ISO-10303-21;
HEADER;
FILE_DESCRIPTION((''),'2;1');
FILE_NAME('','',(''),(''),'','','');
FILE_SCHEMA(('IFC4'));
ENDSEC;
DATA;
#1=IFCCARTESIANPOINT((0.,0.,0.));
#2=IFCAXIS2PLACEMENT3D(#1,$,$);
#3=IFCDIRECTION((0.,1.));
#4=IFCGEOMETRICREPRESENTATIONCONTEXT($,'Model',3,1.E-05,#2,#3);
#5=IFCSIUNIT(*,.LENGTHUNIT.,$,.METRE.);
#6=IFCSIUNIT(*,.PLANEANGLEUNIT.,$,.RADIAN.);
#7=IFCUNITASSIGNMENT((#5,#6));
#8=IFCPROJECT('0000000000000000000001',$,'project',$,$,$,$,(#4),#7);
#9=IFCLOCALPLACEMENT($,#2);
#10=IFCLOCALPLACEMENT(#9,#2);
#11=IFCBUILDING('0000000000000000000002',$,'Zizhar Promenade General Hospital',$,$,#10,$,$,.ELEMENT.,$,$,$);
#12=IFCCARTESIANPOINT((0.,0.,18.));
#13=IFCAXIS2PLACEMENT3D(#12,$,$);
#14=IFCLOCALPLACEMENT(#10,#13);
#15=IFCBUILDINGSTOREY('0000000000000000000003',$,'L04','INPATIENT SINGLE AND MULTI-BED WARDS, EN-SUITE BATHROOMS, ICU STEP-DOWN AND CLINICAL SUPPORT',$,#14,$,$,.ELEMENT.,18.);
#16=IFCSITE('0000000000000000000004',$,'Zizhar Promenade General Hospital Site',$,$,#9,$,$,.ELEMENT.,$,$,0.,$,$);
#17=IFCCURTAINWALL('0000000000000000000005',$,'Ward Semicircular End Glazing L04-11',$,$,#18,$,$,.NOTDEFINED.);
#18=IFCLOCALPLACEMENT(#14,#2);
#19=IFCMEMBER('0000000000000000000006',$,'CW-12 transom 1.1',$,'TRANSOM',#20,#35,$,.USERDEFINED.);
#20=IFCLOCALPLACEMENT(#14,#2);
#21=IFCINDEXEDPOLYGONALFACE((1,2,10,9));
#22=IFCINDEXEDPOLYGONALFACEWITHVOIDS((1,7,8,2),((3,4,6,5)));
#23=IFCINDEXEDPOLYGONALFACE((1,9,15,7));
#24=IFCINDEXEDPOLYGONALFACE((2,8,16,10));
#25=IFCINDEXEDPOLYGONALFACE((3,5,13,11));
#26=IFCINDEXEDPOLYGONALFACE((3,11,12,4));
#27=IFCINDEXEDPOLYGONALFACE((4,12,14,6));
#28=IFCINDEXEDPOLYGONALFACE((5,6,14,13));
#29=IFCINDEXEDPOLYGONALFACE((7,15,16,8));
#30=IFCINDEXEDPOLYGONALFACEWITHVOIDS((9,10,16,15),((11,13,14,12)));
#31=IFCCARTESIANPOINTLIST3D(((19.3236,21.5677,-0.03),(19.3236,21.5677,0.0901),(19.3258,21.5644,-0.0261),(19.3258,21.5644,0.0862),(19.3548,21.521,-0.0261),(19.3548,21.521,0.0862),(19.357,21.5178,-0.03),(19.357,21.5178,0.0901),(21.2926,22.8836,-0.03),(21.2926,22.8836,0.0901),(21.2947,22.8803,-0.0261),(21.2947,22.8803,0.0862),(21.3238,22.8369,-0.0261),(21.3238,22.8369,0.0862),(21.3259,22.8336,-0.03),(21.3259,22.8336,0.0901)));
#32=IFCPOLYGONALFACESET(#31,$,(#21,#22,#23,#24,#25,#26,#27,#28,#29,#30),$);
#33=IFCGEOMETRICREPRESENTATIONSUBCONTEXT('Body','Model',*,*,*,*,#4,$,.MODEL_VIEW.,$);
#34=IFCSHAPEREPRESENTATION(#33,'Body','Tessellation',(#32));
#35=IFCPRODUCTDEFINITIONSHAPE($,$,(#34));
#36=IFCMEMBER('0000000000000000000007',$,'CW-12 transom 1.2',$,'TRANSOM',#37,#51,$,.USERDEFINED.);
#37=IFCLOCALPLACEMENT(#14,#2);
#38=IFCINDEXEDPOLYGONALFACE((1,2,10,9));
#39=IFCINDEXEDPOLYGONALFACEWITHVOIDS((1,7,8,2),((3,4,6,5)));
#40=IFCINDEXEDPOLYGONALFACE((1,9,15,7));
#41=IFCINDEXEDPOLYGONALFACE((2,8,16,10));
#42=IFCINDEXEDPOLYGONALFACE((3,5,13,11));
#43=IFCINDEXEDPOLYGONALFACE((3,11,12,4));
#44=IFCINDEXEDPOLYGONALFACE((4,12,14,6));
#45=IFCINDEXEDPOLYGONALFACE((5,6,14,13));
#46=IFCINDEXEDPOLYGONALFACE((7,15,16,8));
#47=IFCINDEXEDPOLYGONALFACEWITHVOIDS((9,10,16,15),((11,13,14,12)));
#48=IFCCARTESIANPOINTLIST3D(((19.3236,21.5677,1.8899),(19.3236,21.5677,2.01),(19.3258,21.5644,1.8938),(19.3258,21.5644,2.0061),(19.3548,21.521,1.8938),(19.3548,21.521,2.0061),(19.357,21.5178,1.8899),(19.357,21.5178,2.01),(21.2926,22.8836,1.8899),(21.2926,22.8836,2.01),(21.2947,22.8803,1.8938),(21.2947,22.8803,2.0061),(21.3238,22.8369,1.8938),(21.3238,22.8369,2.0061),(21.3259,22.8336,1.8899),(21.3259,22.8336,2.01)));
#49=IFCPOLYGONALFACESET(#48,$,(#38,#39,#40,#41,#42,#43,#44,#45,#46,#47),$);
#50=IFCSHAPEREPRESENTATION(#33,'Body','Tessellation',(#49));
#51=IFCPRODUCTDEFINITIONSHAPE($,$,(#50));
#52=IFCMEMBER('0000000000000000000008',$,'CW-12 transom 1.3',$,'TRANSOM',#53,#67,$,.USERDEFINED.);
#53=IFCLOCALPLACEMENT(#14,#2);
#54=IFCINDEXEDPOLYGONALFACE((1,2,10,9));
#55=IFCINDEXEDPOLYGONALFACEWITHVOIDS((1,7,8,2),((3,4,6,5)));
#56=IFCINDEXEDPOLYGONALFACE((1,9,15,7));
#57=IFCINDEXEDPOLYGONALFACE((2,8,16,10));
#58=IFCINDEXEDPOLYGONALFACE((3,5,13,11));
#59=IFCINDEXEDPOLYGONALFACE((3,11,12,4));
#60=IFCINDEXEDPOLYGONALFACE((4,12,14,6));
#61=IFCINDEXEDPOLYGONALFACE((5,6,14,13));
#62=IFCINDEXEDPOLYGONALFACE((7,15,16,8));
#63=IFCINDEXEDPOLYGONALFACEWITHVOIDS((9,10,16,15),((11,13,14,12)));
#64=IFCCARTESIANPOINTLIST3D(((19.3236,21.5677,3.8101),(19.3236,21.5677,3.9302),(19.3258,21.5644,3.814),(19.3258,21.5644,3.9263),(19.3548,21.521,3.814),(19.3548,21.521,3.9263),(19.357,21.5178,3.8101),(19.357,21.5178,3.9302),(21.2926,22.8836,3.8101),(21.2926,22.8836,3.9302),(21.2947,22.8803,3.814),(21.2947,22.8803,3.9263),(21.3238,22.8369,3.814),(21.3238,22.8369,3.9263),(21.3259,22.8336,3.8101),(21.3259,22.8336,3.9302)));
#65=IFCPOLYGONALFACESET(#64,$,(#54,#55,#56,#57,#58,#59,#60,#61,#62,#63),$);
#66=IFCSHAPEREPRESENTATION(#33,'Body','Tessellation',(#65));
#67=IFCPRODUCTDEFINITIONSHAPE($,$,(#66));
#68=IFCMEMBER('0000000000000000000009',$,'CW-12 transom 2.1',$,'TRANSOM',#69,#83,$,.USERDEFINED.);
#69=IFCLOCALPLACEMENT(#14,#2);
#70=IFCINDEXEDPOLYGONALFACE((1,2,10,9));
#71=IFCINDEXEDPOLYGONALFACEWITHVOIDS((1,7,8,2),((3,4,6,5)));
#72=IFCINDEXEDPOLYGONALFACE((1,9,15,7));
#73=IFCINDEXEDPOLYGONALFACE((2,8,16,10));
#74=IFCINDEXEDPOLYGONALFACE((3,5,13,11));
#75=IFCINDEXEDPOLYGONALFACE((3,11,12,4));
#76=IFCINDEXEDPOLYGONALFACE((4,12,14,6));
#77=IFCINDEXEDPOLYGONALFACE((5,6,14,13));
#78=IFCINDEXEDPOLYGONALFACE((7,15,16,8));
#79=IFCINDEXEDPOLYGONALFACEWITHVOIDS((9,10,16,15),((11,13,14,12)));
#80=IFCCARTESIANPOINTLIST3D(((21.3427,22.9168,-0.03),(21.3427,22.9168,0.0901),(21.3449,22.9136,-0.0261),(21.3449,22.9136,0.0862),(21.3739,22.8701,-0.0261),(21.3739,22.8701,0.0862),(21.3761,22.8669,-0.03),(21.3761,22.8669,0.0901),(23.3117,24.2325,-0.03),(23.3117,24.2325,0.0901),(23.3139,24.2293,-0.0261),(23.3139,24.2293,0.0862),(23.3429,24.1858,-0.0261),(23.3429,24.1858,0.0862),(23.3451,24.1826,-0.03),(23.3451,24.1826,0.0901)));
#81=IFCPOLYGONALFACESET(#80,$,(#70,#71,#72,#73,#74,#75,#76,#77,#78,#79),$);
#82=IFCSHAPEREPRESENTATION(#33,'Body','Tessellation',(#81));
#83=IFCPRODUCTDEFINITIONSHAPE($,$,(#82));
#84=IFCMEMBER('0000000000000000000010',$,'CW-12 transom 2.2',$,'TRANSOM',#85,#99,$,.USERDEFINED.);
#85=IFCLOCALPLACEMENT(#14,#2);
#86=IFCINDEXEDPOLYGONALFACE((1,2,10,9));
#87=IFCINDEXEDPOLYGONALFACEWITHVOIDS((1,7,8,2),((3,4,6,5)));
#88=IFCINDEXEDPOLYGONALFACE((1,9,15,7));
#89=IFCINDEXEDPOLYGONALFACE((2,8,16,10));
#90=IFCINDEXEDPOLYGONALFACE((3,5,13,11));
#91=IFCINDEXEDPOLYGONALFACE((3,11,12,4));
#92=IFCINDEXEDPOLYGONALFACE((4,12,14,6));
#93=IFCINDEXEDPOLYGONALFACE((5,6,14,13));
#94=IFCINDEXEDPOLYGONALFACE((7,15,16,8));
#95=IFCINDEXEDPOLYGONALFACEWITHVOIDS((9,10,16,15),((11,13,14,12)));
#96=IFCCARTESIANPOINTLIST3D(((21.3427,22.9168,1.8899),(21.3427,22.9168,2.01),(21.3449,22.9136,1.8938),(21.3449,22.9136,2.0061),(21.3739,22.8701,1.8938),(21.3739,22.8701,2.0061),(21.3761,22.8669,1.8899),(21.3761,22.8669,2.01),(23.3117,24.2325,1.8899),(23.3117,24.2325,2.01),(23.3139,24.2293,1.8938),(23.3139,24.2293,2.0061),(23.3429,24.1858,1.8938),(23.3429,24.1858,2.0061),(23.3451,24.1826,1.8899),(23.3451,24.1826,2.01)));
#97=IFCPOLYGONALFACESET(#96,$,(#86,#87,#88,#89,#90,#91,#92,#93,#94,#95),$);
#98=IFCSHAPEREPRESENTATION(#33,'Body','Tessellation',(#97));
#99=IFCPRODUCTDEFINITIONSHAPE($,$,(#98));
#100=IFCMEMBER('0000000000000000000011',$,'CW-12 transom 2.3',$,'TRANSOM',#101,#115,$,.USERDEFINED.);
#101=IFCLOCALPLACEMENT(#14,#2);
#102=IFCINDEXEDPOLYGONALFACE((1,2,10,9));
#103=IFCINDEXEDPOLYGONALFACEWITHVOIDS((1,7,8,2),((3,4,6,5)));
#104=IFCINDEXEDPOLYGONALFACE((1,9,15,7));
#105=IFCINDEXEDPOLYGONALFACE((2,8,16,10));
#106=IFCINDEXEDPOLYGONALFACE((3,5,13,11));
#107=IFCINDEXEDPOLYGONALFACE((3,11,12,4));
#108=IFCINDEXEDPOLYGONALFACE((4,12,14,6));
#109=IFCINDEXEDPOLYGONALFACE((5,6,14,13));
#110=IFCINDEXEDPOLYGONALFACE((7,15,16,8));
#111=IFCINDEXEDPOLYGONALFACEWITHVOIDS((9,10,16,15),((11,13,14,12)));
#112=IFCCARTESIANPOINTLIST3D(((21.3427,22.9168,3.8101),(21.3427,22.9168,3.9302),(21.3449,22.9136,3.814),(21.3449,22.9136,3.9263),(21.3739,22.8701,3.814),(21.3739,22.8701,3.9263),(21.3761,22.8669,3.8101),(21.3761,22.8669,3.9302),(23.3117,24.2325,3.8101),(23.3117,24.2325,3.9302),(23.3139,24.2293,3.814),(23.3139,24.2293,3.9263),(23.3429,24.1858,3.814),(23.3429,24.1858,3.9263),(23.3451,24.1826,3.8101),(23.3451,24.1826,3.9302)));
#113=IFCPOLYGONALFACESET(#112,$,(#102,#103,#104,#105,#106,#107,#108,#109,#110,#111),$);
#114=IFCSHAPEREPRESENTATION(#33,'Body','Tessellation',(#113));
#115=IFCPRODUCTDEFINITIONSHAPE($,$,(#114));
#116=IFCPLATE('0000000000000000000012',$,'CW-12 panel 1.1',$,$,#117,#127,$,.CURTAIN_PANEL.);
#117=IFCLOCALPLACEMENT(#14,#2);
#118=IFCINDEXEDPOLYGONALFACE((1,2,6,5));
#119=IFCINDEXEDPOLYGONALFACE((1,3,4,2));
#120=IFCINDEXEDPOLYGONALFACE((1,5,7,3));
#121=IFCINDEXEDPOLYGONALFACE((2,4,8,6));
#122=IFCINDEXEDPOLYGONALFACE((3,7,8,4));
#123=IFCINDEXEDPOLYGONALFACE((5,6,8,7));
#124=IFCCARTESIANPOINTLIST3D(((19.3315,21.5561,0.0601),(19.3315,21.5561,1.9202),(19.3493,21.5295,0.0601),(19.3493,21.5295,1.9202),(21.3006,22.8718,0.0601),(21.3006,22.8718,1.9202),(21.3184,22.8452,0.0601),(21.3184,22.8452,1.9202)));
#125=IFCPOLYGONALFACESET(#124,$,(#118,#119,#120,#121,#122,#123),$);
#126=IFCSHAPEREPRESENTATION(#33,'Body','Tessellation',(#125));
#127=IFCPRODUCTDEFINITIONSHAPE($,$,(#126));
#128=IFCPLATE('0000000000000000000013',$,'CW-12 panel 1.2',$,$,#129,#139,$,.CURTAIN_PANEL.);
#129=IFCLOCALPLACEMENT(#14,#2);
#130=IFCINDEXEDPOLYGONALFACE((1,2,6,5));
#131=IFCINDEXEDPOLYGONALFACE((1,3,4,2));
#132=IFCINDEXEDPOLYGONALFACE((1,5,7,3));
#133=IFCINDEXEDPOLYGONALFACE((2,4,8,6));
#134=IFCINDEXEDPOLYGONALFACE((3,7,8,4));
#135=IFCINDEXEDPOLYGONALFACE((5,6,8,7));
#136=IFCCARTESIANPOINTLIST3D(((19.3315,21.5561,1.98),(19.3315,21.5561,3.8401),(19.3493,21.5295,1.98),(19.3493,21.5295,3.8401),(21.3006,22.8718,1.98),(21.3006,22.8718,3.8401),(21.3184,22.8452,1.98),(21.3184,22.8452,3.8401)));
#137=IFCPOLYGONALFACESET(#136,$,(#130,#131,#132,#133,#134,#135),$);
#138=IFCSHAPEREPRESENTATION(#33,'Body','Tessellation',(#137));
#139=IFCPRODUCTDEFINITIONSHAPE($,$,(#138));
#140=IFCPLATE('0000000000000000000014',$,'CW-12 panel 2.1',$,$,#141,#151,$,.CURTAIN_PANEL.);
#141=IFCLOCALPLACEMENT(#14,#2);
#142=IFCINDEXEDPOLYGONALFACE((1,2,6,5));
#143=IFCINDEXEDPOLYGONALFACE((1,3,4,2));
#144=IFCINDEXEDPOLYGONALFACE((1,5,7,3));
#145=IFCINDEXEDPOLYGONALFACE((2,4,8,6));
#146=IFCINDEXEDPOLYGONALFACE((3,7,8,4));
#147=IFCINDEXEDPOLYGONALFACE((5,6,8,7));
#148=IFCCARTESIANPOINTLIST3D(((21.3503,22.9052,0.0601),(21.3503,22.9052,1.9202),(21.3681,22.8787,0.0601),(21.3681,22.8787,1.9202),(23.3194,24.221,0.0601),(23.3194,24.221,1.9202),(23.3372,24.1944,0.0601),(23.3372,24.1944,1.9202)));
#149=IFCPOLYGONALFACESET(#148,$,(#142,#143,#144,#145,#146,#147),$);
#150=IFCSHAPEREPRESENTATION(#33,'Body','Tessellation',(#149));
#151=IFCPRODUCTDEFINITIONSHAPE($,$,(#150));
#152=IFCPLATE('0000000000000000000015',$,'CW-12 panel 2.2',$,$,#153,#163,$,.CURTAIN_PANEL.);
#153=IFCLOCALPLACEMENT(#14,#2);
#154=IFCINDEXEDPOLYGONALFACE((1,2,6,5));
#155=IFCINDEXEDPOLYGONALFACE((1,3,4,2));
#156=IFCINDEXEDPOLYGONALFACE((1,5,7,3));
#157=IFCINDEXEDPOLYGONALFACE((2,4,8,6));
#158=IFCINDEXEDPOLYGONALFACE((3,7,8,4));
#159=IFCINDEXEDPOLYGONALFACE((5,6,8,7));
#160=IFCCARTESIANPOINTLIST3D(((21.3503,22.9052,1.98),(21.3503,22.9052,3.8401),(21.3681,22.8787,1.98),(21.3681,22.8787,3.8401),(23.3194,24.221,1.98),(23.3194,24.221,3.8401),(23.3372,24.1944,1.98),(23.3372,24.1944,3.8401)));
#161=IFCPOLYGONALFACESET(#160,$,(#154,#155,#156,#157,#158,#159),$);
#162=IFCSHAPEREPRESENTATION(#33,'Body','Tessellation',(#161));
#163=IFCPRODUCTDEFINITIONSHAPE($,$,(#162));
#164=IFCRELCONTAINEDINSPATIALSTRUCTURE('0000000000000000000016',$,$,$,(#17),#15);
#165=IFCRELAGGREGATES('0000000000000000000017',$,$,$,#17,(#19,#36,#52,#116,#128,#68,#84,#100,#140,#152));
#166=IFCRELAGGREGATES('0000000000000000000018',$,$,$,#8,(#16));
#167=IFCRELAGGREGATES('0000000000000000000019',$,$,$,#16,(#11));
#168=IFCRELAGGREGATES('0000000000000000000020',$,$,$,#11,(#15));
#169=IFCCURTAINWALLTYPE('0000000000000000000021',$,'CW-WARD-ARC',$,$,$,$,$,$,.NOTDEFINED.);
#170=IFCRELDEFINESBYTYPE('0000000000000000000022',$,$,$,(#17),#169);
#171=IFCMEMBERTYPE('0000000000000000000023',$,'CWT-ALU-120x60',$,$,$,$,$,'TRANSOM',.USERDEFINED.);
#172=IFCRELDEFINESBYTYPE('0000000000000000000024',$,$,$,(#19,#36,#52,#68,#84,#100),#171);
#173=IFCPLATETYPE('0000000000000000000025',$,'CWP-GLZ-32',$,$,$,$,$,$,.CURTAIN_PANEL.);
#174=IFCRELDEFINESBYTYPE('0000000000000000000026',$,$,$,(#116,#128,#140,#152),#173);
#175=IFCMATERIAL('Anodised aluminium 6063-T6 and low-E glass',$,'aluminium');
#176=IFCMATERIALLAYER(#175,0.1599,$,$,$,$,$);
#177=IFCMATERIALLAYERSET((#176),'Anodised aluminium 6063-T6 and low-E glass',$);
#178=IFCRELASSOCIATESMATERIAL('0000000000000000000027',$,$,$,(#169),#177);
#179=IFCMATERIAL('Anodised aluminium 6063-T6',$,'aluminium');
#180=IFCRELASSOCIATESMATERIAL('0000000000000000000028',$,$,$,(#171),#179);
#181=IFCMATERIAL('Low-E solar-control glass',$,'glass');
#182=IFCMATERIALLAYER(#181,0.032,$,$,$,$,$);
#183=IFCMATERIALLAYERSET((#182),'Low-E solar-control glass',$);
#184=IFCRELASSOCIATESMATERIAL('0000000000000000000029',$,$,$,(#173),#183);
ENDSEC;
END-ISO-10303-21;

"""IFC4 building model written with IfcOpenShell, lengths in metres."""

from ifc_helpers import new_model, si_unit, direction, frame, origin, origin_2d, place, context, subcontext, project, spatial, rectangle, hollow_rectangle, extrude, material, layer, layer_set, material_profile, profile_set, type_object, element, aggregate, save


model = new_model("IFC4")

# Units and contexts
model_context = context("Model", 3, precision=1e-05, world=origin(), true_north=direction((0.0, 1.0)))
body_context = subcontext(model_context, "Body", "Model", "MODEL_VIEW")
ifc_project = project(units=[si_unit("LENGTHUNIT", "METRE"), si_unit("PLANEANGLEUNIT", "RADIAN")], contexts=[model_context])

# Site, building, storey
site_placement = place(None, origin())
site = spatial("IfcSite", under=ifc_project, at=site_placement, Name="Zizhar Promenade General Hospital Site", CompositionType="ELEMENT", RefElevation=0.0)
building_placement = place(site_placement, origin())
building = spatial("IfcBuilding", under=site, at=building_placement, Name="Zizhar Promenade General Hospital", CompositionType="ELEMENT")
storey_placement = place(building_placement, frame((0.0, 0.0, 18.0)))
storey = spatial("IfcBuildingStorey", under=building, at=storey_placement, Name="L04", Description="INPATIENT SINGLE AND MULTI-BED WARDS, EN-SUITE BATHROOMS, ICU STEP-DOWN AND CLINICAL SUPPORT", CompositionType="ELEMENT", Elevation=18.0)

# Shared definitions
ifc_material_1 = material(Name="Anodised aluminium 6063-T6 and low-E glass", Category="aluminium")
ifc_layer_1 = layer(ifc_material_1, 0.1599)
ifc_layer_set_1 = layer_set([ifc_layer_1], Name="Anodised aluminium 6063-T6 and low-E glass")
curtain_wall_type = type_object("IfcCurtainWallType", Name="CW-WARD-ARC", PredefinedType="NOTDEFINED", material=ifc_layer_set_1)

# Curtain wall
curtain_wall_1_placement = place(storey_placement, origin())
curtain_wall_1 = element("IfcCurtainWall", 1, at=curtain_wall_1_placement, inside=storey, type_object=curtain_wall_type, Name="Ward Semicircular End Glazing L04-11", PredefinedType="NOTDEFINED")

# Members
ifc_material_2 = material(Name="Anodised aluminium 6063-T6", Category="aluminium")
ifc_material_profile_1 = material_profile(ifc_material_2, hollow_rectangle(XDim=0.0601, YDim=0.1201, WallThickness=0.0039, at=origin_2d()))
ifc_profile_set_1 = profile_set([ifc_material_profile_1], Name="Anodised aluminium 6063-T6")
member_type_1 = type_object("IfcMemberType", Name="CWT-ALU-120x60", ElementType="TRANSOM", PredefinedType="USERDEFINED", material=ifc_profile_set_1)
member_1_placement = place(storey_placement, frame((19.3403, 21.5427, 0.03), z_axis=(0.831415, 0.555651, 0.0), x_axis=(-0.555651, 0.831415, 0.0)))
member_1 = element("IfcMember", 2, at=member_1_placement, type_object=member_type_1, Name="CW-12 transom 1.1", ObjectType="TRANSOM", PredefinedType="USERDEFINED", context=body_context, shape_type="SweptSolid", body=[
    extrude(hollow_rectangle(XDim=0.0601, YDim=0.1201, WallThickness=0.0039, at=origin_2d()), origin(), (0.0, 0.0, 1.0), 2.3682),
])
member_2_placement = place(storey_placement, frame((19.3403, 21.5427, 1.95), z_axis=(0.831415, 0.555651, 0.0), x_axis=(-0.555651, 0.831415, 0.0)))
member_2 = element("IfcMember", 3, at=member_2_placement, type_object=member_type_1, Name="CW-12 transom 1.2", ObjectType="TRANSOM", PredefinedType="USERDEFINED", context=body_context, shape_type="SweptSolid", body=[
    extrude(hollow_rectangle(XDim=0.0601, YDim=0.1201, WallThickness=0.0039, at=origin_2d()), origin(), (0.0, 0.0, 1.0), 2.3682),
])
member_3_placement = place(storey_placement, frame((19.3403, 21.5427, 3.8701), z_axis=(0.831415, 0.555651, 0.0), x_axis=(-0.555651, 0.831415, 0.0)))
member_3 = element("IfcMember", 4, at=member_3_placement, type_object=member_type_1, Name="CW-12 transom 1.3", ObjectType="TRANSOM", PredefinedType="USERDEFINED", context=body_context, shape_type="SweptSolid", body=[
    extrude(hollow_rectangle(XDim=0.0601, YDim=0.1201, WallThickness=0.0039, at=origin_2d()), origin(), (0.0, 0.0, 1.0), 2.3682),
])
member_4_placement = place(storey_placement, frame((21.3594, 22.8918, 0.03), z_axis=(0.831463, 0.55558, 0.0), x_axis=(-0.55558, 0.831463, 0.0)))
member_4 = element("IfcMember", 5, at=member_4_placement, type_object=member_type_1, Name="CW-12 transom 2.1", ObjectType="TRANSOM", PredefinedType="USERDEFINED", context=body_context, shape_type="SweptSolid", body=[
    extrude(hollow_rectangle(XDim=0.0601, YDim=0.1201, WallThickness=0.0039, at=origin_2d()), origin(), (0.0, 0.0, 1.0), 2.3682),
])
member_5_placement = place(storey_placement, frame((21.3594, 22.8918, 1.95), z_axis=(0.831463, 0.55558, 0.0), x_axis=(-0.55558, 0.831463, 0.0)))
member_5 = element("IfcMember", 6, at=member_5_placement, type_object=member_type_1, Name="CW-12 transom 2.2", ObjectType="TRANSOM", PredefinedType="USERDEFINED", context=body_context, shape_type="SweptSolid", body=[
    extrude(hollow_rectangle(XDim=0.0601, YDim=0.1201, WallThickness=0.0039, at=origin_2d()), origin(), (0.0, 0.0, 1.0), 2.3682),
])
member_6_placement = place(storey_placement, frame((21.3594, 22.8918, 3.8701), z_axis=(0.831463, 0.55558, 0.0), x_axis=(-0.55558, 0.831463, 0.0)))
member_6 = element("IfcMember", 7, at=member_6_placement, type_object=member_type_1, Name="CW-12 transom 2.3", ObjectType="TRANSOM", PredefinedType="USERDEFINED", context=body_context, shape_type="SweptSolid", body=[
    extrude(hollow_rectangle(XDim=0.0601, YDim=0.1201, WallThickness=0.0039, at=origin_2d()), origin(), (0.0, 0.0, 1.0), 2.3682),
])

# Plates
ifc_material_3 = material(Name="Low-E solar-control glass", Category="glass")
ifc_layer_2 = layer(ifc_material_3, 0.032)
ifc_layer_set_2 = layer_set([ifc_layer_2], Name="Low-E solar-control glass")
plate_type = type_object("IfcPlateType", Name="CWP-GLZ-32", PredefinedType="CURTAIN_PANEL", material=ifc_layer_set_2)
plate_1_placement = place(storey_placement, frame((20.325, 22.2007, 0.0601), z_axis=(0.0, 0.0, 1.0), x_axis=(0.831462, 0.555582, 0.0)))
plate_1 = element("IfcPlate", 8, at=plate_1_placement, type_object=plate_type, Name="CW-12 panel 1.1", PredefinedType="CURTAIN_PANEL", context=body_context, shape_type="SweptSolid", body=[
    extrude(rectangle(XDim=2.3682, YDim=0.032, at=origin_2d()), origin(), (0.0, 0.0, 1.0), 1.8601),
])
plate_2_placement = place(storey_placement, frame((20.325, 22.2007, 1.98), z_axis=(0.0, 0.0, 1.0), x_axis=(0.831462, 0.555582, 0.0)))
plate_2 = element("IfcPlate", 9, at=plate_2_placement, type_object=plate_type, Name="CW-12 panel 1.2", PredefinedType="CURTAIN_PANEL", context=body_context, shape_type="SweptSolid", body=[
    extrude(rectangle(XDim=2.3682, YDim=0.032, at=origin_2d()), origin(), (0.0, 0.0, 1.0), 1.8601),
])
plate_3_placement = place(storey_placement, frame((22.3438, 23.5498, 0.0601), z_axis=(0.0, 0.0, 1.0), x_axis=(0.831462, 0.555582, 0.0)))
plate_3 = element("IfcPlate", 10, at=plate_3_placement, type_object=plate_type, Name="CW-12 panel 2.1", PredefinedType="CURTAIN_PANEL", context=body_context, shape_type="SweptSolid", body=[
    extrude(rectangle(XDim=2.3682, YDim=0.032, at=origin_2d()), origin(), (0.0, 0.0, 1.0), 1.8601),
])
plate_4_placement = place(storey_placement, frame((22.3438, 23.5498, 1.98), z_axis=(0.0, 0.0, 1.0), x_axis=(0.831462, 0.555582, 0.0)))
plate_4 = element("IfcPlate", 11, at=plate_4_placement, type_object=plate_type, Name="CW-12 panel 2.2", PredefinedType="CURTAIN_PANEL", context=body_context, shape_type="SweptSolid", body=[
    extrude(rectangle(XDim=2.3682, YDim=0.032, at=origin_2d()), origin(), (0.0, 0.0, 1.0), 1.8601),
])
aggregate(curtain_wall_1, [member_1, member_2, member_3, plate_1, plate_2, member_4, member_5, member_6, plate_3, plate_4])

save(model, "model.ifc")
